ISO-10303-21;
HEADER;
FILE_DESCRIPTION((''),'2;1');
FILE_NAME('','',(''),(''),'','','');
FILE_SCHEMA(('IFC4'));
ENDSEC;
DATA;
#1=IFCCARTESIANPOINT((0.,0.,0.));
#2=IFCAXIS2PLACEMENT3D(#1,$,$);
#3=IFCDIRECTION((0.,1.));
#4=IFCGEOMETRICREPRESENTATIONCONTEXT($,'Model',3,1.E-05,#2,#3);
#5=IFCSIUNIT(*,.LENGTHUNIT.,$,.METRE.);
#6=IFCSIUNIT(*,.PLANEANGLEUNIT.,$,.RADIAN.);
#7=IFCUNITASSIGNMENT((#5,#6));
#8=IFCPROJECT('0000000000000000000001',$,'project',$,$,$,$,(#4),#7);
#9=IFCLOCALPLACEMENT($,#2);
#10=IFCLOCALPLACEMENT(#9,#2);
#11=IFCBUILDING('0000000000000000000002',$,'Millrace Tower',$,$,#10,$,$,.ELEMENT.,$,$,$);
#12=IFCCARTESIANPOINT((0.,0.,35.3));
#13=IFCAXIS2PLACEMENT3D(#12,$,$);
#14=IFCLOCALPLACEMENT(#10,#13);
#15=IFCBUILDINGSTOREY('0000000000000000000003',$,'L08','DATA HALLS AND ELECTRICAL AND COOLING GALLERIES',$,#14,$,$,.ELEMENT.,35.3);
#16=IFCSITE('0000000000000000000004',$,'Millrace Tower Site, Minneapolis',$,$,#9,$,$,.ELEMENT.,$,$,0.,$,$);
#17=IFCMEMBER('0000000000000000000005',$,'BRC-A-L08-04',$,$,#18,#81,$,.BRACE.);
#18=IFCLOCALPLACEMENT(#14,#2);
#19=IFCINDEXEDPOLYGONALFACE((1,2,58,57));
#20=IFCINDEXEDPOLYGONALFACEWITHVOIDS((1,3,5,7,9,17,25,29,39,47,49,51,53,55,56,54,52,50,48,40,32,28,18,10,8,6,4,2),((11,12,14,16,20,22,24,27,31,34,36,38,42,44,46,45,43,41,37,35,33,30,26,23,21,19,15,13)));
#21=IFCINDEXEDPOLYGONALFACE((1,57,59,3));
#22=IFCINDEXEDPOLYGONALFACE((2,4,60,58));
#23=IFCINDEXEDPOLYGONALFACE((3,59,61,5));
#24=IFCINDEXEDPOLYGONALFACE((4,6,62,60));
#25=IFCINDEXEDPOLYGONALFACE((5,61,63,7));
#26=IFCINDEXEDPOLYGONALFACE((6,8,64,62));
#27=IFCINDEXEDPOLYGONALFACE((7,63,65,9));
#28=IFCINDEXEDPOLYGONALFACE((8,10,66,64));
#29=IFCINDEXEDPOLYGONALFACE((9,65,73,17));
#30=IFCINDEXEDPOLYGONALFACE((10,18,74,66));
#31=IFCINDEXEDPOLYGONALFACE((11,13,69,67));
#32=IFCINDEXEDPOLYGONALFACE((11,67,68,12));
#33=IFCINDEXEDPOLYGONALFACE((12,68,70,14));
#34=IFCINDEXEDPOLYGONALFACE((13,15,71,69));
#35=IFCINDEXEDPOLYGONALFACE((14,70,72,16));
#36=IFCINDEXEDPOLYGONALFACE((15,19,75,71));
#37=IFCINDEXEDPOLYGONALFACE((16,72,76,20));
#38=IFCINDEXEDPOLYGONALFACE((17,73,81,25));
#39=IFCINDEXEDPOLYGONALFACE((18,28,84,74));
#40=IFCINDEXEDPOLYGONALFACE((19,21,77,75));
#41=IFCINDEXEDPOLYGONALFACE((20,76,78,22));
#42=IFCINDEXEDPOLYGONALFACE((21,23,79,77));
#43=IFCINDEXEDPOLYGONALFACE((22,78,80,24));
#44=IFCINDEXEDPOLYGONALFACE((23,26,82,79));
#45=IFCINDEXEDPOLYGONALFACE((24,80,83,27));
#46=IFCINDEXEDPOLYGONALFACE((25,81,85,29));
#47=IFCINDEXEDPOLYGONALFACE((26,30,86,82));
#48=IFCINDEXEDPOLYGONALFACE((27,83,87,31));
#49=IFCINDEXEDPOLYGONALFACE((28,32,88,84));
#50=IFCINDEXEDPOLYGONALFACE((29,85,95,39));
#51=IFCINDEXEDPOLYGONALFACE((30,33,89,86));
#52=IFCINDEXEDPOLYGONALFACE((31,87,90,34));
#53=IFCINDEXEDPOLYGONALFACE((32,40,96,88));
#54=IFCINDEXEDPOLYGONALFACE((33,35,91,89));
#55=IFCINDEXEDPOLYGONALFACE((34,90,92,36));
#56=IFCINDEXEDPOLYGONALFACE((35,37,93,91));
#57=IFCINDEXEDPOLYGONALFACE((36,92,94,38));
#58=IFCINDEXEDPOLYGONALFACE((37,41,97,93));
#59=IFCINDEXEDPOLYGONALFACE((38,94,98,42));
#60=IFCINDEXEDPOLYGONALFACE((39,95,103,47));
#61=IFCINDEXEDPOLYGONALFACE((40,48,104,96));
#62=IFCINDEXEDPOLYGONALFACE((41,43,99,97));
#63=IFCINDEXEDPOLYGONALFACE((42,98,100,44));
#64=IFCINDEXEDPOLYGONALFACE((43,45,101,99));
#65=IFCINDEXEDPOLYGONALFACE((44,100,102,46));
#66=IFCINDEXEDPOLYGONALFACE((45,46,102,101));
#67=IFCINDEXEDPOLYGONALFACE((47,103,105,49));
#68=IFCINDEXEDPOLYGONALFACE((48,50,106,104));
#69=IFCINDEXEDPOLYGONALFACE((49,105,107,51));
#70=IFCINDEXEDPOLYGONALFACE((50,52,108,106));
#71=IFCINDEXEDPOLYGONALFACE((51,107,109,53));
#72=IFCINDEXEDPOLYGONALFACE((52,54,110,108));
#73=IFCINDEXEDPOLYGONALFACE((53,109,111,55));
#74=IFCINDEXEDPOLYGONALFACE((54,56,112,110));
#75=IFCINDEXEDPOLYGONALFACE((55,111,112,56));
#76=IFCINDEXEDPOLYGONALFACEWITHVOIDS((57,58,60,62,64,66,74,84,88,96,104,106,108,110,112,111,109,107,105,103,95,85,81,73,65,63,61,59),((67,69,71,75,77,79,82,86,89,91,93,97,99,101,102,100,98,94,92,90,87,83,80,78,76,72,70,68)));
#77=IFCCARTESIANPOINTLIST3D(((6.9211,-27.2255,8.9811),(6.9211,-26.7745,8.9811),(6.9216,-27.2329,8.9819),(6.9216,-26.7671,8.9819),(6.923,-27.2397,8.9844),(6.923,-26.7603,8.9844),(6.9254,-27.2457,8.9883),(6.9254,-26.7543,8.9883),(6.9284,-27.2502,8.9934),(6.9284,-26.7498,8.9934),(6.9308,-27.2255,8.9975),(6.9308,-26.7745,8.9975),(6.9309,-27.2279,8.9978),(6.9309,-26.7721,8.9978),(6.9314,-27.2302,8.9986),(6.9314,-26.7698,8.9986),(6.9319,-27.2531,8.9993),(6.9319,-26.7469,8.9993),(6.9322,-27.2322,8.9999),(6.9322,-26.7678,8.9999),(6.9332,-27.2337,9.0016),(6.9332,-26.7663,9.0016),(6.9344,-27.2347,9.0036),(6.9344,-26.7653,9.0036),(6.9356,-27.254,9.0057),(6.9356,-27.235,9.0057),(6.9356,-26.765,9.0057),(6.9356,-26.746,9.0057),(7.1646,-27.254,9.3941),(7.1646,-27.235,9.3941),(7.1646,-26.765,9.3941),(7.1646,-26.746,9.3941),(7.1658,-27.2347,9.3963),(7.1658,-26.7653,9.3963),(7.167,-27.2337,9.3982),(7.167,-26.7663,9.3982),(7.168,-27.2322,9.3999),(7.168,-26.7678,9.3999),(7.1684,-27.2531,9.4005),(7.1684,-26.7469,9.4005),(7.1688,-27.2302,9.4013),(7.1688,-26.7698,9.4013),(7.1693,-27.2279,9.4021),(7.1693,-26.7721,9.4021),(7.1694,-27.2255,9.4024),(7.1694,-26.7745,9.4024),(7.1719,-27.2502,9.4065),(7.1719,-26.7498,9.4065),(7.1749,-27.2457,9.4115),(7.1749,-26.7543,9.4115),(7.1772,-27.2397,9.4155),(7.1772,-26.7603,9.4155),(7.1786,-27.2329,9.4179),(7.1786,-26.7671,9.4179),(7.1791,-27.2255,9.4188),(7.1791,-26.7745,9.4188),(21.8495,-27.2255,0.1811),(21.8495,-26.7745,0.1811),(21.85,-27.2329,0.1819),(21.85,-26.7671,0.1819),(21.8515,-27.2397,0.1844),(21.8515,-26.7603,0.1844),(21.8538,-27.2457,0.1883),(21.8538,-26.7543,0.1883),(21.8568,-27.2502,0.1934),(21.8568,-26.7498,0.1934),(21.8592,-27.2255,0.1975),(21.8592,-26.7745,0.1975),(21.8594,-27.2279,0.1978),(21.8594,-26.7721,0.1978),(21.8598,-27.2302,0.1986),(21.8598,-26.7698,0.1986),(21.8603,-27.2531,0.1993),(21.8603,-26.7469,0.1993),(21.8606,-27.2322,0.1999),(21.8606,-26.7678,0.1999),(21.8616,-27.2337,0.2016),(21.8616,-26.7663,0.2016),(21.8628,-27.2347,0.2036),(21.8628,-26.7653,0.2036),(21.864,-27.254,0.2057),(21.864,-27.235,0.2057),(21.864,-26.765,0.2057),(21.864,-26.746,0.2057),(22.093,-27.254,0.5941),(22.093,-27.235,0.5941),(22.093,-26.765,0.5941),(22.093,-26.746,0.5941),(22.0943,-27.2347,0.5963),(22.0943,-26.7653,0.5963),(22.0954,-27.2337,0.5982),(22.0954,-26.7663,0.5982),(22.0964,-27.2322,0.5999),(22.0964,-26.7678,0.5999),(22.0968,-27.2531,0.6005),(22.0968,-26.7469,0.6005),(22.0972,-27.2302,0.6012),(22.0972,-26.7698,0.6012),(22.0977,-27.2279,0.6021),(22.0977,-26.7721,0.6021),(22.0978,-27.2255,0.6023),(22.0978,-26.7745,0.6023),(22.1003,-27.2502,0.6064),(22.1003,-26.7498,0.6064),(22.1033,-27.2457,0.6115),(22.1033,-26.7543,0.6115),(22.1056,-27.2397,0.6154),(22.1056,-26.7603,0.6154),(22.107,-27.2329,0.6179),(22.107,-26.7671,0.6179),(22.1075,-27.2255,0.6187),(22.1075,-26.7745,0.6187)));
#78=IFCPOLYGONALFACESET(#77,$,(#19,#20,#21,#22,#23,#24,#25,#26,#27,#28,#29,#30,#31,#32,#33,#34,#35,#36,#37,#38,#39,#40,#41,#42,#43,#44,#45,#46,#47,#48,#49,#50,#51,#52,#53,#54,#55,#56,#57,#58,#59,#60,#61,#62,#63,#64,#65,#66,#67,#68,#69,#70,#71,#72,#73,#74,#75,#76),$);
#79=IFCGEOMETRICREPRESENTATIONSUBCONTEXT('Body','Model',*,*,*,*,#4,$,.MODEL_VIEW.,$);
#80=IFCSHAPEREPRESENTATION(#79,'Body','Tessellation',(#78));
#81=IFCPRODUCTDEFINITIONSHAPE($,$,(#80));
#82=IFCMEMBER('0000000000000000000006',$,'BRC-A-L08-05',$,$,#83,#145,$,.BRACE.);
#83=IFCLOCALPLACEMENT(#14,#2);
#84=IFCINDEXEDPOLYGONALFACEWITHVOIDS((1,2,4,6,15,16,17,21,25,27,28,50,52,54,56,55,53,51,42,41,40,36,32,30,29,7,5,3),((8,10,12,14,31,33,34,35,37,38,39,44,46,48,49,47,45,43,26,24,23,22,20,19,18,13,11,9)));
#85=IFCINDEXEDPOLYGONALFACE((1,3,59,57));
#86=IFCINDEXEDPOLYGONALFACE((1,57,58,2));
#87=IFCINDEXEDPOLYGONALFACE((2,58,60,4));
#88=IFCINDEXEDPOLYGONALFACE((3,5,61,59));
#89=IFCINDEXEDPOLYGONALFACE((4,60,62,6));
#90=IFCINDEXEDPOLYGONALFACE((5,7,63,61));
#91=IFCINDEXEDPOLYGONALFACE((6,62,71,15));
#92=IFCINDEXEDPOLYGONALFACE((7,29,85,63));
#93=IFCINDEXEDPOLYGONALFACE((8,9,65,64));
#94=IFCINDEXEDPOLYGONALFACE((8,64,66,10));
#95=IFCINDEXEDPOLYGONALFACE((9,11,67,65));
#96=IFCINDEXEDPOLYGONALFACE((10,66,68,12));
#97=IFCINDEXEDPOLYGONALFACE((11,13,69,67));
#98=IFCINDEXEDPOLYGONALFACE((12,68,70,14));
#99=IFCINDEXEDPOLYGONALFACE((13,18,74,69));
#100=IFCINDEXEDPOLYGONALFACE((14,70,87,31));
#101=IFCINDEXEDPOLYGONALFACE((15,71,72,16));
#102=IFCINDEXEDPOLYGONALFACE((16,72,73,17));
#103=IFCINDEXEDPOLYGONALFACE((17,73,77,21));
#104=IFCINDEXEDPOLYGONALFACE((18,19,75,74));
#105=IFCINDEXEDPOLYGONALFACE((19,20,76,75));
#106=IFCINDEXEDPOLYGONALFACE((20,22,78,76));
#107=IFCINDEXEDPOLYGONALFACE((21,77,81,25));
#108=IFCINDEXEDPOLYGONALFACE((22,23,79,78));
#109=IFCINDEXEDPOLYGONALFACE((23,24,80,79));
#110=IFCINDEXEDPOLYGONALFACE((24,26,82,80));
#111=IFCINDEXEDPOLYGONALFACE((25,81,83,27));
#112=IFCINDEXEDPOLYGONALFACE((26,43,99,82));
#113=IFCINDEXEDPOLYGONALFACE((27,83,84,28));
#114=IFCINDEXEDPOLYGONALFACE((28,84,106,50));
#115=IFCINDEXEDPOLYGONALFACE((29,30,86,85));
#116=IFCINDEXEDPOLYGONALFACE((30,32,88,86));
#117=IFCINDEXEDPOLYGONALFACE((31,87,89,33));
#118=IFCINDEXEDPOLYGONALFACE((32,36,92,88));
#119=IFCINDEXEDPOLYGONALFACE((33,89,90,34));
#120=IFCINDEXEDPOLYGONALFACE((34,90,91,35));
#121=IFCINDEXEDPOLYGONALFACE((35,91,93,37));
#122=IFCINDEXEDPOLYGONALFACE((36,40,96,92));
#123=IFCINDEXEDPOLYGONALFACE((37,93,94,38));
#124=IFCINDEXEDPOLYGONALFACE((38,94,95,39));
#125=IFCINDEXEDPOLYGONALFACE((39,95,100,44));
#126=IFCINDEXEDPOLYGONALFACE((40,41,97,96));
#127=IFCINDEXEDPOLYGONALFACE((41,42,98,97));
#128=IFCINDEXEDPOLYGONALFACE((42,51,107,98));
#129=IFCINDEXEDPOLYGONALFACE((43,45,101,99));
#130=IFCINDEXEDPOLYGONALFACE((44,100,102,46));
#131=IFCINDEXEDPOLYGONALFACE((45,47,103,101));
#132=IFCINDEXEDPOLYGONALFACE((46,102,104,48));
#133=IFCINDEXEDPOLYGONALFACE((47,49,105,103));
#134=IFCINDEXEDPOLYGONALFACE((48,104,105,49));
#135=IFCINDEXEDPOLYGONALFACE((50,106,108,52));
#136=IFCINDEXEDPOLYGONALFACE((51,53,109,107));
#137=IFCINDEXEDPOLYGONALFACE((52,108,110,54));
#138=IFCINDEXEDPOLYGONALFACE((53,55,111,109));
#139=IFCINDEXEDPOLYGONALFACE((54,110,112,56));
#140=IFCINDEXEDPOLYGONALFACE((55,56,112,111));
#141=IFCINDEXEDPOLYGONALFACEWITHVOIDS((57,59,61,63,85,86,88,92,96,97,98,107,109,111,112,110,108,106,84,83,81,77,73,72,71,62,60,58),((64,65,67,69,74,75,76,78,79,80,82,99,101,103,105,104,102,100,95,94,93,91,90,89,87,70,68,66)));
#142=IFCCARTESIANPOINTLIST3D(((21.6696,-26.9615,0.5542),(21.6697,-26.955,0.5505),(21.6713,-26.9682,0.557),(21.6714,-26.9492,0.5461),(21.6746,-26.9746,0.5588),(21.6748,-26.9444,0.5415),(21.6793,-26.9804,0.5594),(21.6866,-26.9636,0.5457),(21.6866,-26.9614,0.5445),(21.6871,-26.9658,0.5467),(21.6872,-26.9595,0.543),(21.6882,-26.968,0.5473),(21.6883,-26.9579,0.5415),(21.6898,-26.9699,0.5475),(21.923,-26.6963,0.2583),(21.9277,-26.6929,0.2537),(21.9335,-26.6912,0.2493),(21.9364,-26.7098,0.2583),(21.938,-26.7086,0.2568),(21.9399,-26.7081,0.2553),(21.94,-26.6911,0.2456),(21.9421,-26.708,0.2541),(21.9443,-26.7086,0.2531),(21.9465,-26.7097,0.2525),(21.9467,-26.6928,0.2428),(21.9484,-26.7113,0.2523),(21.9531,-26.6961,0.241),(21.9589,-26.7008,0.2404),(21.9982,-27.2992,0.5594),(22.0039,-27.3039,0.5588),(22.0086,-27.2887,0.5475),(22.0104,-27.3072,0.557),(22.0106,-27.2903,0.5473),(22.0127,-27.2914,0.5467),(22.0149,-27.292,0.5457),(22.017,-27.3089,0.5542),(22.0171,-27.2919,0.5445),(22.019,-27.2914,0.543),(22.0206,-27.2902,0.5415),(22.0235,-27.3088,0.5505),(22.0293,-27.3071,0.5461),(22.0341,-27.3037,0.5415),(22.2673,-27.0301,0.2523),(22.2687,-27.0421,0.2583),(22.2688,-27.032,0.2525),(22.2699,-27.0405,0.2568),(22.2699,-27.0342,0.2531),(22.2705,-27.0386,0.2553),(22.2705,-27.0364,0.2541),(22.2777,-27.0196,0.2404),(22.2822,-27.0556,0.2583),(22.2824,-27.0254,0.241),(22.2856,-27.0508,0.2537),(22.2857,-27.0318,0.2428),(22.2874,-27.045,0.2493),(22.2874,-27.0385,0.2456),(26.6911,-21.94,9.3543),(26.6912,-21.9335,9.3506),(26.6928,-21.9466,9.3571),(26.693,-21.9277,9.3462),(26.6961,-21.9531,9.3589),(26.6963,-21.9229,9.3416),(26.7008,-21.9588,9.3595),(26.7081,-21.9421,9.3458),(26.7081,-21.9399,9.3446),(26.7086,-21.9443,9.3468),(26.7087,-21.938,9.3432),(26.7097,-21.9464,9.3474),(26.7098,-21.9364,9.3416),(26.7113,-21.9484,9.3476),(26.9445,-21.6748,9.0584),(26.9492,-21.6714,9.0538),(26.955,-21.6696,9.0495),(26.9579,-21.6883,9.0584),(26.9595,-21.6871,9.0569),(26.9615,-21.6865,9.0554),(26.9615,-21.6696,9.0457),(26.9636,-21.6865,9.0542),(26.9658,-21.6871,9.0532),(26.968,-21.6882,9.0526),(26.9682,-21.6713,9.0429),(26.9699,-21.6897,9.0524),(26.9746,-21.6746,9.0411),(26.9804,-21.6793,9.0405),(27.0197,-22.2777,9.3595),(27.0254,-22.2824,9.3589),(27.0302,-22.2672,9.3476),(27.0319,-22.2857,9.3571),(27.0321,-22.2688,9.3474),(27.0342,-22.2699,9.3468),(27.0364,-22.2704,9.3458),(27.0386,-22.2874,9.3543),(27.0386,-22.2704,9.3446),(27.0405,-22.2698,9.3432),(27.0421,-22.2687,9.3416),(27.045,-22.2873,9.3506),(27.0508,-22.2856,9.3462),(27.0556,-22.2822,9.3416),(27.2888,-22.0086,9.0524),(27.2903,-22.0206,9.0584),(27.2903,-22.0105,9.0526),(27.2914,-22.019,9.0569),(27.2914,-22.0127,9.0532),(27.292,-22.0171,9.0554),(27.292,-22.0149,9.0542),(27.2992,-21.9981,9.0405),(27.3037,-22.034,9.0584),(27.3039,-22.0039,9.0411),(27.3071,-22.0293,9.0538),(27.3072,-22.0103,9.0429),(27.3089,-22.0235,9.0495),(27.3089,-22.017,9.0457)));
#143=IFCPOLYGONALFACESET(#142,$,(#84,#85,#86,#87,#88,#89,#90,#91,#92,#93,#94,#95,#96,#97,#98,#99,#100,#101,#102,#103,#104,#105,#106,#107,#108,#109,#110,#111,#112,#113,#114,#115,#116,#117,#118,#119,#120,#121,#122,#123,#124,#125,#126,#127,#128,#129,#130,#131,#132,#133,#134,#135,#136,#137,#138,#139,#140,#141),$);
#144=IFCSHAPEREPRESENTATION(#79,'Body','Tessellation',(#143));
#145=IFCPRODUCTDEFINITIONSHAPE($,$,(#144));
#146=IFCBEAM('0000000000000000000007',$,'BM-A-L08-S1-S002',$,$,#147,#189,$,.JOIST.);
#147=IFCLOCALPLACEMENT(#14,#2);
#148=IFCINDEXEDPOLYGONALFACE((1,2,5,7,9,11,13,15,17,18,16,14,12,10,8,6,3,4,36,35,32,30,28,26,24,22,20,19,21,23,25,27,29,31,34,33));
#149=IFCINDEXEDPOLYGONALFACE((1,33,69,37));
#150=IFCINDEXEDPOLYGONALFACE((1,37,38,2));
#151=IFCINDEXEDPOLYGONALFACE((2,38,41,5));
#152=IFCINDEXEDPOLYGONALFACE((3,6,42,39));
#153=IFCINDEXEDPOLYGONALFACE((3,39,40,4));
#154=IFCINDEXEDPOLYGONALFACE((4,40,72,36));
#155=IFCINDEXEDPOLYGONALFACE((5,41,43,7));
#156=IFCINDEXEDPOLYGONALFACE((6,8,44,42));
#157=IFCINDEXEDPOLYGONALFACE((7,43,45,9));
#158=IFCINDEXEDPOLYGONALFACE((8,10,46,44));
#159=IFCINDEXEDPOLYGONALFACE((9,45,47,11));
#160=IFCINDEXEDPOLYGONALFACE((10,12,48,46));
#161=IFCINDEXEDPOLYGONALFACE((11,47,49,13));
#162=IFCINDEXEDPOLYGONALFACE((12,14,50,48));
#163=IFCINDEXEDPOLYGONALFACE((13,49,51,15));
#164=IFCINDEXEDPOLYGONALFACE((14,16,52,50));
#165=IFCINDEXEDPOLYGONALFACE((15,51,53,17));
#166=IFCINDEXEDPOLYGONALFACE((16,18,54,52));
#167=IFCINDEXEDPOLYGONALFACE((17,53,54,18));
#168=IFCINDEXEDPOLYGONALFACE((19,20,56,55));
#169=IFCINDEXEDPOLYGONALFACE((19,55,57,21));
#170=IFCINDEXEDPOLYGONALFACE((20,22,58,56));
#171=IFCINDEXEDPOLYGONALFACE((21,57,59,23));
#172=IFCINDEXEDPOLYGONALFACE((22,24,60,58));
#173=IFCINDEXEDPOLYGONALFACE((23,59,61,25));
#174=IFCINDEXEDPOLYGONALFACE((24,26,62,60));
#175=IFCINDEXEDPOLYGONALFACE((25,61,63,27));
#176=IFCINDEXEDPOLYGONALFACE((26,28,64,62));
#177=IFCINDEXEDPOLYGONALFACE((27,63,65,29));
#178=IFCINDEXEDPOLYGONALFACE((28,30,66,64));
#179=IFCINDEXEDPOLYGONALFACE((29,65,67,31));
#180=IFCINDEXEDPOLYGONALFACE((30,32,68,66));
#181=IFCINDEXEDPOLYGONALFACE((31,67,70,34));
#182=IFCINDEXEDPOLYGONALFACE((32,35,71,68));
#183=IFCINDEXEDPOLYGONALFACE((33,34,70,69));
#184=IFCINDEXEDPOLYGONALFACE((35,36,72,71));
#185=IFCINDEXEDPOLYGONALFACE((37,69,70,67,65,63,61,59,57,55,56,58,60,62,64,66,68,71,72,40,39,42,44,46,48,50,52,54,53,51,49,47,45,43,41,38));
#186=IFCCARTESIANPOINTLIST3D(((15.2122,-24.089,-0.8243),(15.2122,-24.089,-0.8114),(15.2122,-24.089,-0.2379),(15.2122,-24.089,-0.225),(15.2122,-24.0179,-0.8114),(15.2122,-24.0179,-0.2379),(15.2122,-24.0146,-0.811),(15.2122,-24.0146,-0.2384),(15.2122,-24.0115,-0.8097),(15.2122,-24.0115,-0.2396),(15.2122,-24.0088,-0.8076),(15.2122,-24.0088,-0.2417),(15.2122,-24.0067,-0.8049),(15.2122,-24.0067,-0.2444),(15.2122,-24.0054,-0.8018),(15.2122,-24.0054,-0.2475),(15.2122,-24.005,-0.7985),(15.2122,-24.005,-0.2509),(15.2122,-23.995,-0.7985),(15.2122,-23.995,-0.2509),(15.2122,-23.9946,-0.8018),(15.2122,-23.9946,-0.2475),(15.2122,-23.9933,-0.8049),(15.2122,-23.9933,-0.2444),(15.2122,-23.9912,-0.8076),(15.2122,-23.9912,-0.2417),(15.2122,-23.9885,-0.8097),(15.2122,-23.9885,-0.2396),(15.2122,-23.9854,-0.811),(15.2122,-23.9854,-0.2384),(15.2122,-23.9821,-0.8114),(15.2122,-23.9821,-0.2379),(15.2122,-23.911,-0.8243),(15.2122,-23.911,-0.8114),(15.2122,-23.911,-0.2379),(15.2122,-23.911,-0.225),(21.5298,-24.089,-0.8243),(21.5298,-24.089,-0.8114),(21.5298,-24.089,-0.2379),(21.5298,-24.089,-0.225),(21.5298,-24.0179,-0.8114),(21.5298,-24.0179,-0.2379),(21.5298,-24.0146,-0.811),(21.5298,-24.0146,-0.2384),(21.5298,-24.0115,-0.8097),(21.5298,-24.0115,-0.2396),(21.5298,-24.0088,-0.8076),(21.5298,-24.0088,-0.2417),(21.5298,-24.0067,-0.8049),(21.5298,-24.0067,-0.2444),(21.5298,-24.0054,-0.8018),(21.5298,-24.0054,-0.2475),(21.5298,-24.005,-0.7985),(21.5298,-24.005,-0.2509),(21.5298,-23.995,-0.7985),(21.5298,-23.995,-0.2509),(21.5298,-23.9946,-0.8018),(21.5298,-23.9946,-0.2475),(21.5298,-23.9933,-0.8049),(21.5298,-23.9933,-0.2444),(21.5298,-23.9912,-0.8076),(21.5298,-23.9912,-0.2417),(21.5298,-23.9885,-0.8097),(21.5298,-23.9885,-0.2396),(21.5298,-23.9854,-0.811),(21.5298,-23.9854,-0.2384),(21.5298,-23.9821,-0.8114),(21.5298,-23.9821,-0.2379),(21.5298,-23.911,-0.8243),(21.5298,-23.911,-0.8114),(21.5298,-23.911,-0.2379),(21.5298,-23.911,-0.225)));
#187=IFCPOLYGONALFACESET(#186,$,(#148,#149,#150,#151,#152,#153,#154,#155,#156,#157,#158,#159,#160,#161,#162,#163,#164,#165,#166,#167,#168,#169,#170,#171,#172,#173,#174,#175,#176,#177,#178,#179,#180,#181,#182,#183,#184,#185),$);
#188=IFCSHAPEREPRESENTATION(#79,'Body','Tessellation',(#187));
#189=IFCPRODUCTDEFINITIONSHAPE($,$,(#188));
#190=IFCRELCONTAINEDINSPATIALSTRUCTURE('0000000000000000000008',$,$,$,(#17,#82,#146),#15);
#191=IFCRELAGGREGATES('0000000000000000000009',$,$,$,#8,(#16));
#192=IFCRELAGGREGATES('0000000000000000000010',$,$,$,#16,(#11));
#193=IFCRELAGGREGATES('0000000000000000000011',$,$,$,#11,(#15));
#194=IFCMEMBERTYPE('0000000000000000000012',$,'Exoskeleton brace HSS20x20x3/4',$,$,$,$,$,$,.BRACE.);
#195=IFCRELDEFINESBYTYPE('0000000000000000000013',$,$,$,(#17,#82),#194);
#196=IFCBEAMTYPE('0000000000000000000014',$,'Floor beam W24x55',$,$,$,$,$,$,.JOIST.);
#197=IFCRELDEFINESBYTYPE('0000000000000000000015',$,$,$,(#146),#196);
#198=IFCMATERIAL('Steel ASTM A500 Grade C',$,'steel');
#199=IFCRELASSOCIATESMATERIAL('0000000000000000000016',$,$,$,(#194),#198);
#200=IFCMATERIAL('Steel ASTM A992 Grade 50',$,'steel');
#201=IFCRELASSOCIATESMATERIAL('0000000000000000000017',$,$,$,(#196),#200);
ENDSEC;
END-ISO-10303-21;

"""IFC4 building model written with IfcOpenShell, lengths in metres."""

from ifc_helpers import new_model, si_unit, direction, frame, origin, origin_2d, place, context, subcontext, project, spatial, hollow_rectangle, i_section, extrude, material, material_profile, profile_set, type_object, element, save


model = new_model("IFC4")

# Units and contexts
model_context = context("Model", 3, precision=1e-05, world=origin(), true_north=direction((0.0, 1.0)))
body_context = subcontext(model_context, "Body", "Model", "MODEL_VIEW")
ifc_project = project(units=[si_unit("LENGTHUNIT", "METRE"), si_unit("PLANEANGLEUNIT", "RADIAN")], contexts=[model_context])

# Site, building, storey
site_placement = place(None, origin())
site = spatial("IfcSite", under=ifc_project, at=site_placement, Name="Millrace Tower Site, Minneapolis", CompositionType="ELEMENT", RefElevation=0.0)
building_placement = place(site_placement, origin())
building = spatial("IfcBuilding", under=site, at=building_placement, Name="Millrace Tower", CompositionType="ELEMENT")
storey_placement = place(building_placement, frame((0.0, 0.0, 35.3)))
storey = spatial("IfcBuildingStorey", under=building, at=storey_placement, Name="L08", Description="DATA HALLS AND ELECTRICAL AND COOLING GALLERIES", CompositionType="ELEMENT", Elevation=35.3)

# Members
ifc_material_1 = material(Name="Steel ASTM A500 Grade C", Category="steel")
ifc_material_profile_1 = material_profile(ifc_material_1, hollow_rectangle(XDim=0.5081, YDim=0.5081, WallThickness=0.019, InnerFilletRadius=0.0095, OuterFilletRadius=0.0286, at=origin_2d()))
ifc_profile_set_1 = profile_set([ifc_material_profile_1], Name="Steel ASTM A500 Grade C")
member_type_1 = type_object("IfcMemberType", Name="Exoskeleton brace HSS20x20x3/4", PredefinedType="BRACE", material=ifc_profile_set_1)
member_1_placement = place(storey_placement, frame((21.9785, -27.0, 0.3999), z_axis=(-0.861465, 0.0, 0.507817), x_axis=(0.0, -1.0, 0.0)))
element("IfcMember", 1, at=member_1_placement, inside=storey, type_object=member_type_1, Name="BRC-A-L08-04", PredefinedType="BRACE", context=body_context, shape_type="SweptSolid", body=[
    extrude(hollow_rectangle(XDim=0.5081, YDim=0.5081, WallThickness=0.019, InnerFilletRadius=0.0095, OuterFilletRadius=0.0286, at=origin_2d()), origin(), (0.0, 0.0, 1.0), 17.3291),
])
member_2_placement = place(storey_placement, frame((21.9785, -27.0, 0.3999), z_axis=(0.444064, 0.444064, 0.778213), x_axis=(-0.707107, 0.707107, 0.0)))
element("IfcMember", 2, at=member_2_placement, inside=storey, type_object=member_type_1, Name="BRC-A-L08-05", PredefinedType="BRACE", context=body_context, shape_type="SweptSolid", body=[
    extrude(hollow_rectangle(XDim=0.5081, YDim=0.5081, WallThickness=0.019, InnerFilletRadius=0.0095, OuterFilletRadius=0.0286, at=origin_2d()), origin(), (0.0, 0.0, 1.0), 11.3081),
])

# Beam
ifc_material_2 = material(Name="Steel ASTM A992 Grade 50", Category="steel")
ifc_material_profile_2 = material_profile(ifc_material_2, i_section(OverallWidth=0.178, OverallDepth=0.5994, WebThickness=0.01, FlangeThickness=0.0129, FilletRadius=0.0129, at=origin_2d()))
ifc_profile_set_2 = profile_set([ifc_material_profile_2], Name="Steel ASTM A992 Grade 50")
beam_type_1 = type_object("IfcBeamType", Name="Floor beam W24x55", PredefinedType="JOIST", material=ifc_profile_set_2)
beam_1_placement = place(storey_placement, frame((15.2122, -24.0, -0.5247), z_axis=(1.0, 0.0, 0.0), x_axis=(0.0, 1.0, 0.0)))
element("IfcBeam", 3, at=beam_1_placement, inside=storey, type_object=beam_type_1, Name="BM-A-L08-S1-S002", PredefinedType="JOIST", context=body_context, shape_type="SweptSolid", body=[
    extrude(i_section(OverallWidth=0.178, OverallDepth=0.5994, WebThickness=0.01, FlangeThickness=0.0129, FilletRadius=0.0129, at=origin_2d()), origin(), (0.0, 0.0, 1.0), 6.3176),
])

save(model, "model.ifc")
